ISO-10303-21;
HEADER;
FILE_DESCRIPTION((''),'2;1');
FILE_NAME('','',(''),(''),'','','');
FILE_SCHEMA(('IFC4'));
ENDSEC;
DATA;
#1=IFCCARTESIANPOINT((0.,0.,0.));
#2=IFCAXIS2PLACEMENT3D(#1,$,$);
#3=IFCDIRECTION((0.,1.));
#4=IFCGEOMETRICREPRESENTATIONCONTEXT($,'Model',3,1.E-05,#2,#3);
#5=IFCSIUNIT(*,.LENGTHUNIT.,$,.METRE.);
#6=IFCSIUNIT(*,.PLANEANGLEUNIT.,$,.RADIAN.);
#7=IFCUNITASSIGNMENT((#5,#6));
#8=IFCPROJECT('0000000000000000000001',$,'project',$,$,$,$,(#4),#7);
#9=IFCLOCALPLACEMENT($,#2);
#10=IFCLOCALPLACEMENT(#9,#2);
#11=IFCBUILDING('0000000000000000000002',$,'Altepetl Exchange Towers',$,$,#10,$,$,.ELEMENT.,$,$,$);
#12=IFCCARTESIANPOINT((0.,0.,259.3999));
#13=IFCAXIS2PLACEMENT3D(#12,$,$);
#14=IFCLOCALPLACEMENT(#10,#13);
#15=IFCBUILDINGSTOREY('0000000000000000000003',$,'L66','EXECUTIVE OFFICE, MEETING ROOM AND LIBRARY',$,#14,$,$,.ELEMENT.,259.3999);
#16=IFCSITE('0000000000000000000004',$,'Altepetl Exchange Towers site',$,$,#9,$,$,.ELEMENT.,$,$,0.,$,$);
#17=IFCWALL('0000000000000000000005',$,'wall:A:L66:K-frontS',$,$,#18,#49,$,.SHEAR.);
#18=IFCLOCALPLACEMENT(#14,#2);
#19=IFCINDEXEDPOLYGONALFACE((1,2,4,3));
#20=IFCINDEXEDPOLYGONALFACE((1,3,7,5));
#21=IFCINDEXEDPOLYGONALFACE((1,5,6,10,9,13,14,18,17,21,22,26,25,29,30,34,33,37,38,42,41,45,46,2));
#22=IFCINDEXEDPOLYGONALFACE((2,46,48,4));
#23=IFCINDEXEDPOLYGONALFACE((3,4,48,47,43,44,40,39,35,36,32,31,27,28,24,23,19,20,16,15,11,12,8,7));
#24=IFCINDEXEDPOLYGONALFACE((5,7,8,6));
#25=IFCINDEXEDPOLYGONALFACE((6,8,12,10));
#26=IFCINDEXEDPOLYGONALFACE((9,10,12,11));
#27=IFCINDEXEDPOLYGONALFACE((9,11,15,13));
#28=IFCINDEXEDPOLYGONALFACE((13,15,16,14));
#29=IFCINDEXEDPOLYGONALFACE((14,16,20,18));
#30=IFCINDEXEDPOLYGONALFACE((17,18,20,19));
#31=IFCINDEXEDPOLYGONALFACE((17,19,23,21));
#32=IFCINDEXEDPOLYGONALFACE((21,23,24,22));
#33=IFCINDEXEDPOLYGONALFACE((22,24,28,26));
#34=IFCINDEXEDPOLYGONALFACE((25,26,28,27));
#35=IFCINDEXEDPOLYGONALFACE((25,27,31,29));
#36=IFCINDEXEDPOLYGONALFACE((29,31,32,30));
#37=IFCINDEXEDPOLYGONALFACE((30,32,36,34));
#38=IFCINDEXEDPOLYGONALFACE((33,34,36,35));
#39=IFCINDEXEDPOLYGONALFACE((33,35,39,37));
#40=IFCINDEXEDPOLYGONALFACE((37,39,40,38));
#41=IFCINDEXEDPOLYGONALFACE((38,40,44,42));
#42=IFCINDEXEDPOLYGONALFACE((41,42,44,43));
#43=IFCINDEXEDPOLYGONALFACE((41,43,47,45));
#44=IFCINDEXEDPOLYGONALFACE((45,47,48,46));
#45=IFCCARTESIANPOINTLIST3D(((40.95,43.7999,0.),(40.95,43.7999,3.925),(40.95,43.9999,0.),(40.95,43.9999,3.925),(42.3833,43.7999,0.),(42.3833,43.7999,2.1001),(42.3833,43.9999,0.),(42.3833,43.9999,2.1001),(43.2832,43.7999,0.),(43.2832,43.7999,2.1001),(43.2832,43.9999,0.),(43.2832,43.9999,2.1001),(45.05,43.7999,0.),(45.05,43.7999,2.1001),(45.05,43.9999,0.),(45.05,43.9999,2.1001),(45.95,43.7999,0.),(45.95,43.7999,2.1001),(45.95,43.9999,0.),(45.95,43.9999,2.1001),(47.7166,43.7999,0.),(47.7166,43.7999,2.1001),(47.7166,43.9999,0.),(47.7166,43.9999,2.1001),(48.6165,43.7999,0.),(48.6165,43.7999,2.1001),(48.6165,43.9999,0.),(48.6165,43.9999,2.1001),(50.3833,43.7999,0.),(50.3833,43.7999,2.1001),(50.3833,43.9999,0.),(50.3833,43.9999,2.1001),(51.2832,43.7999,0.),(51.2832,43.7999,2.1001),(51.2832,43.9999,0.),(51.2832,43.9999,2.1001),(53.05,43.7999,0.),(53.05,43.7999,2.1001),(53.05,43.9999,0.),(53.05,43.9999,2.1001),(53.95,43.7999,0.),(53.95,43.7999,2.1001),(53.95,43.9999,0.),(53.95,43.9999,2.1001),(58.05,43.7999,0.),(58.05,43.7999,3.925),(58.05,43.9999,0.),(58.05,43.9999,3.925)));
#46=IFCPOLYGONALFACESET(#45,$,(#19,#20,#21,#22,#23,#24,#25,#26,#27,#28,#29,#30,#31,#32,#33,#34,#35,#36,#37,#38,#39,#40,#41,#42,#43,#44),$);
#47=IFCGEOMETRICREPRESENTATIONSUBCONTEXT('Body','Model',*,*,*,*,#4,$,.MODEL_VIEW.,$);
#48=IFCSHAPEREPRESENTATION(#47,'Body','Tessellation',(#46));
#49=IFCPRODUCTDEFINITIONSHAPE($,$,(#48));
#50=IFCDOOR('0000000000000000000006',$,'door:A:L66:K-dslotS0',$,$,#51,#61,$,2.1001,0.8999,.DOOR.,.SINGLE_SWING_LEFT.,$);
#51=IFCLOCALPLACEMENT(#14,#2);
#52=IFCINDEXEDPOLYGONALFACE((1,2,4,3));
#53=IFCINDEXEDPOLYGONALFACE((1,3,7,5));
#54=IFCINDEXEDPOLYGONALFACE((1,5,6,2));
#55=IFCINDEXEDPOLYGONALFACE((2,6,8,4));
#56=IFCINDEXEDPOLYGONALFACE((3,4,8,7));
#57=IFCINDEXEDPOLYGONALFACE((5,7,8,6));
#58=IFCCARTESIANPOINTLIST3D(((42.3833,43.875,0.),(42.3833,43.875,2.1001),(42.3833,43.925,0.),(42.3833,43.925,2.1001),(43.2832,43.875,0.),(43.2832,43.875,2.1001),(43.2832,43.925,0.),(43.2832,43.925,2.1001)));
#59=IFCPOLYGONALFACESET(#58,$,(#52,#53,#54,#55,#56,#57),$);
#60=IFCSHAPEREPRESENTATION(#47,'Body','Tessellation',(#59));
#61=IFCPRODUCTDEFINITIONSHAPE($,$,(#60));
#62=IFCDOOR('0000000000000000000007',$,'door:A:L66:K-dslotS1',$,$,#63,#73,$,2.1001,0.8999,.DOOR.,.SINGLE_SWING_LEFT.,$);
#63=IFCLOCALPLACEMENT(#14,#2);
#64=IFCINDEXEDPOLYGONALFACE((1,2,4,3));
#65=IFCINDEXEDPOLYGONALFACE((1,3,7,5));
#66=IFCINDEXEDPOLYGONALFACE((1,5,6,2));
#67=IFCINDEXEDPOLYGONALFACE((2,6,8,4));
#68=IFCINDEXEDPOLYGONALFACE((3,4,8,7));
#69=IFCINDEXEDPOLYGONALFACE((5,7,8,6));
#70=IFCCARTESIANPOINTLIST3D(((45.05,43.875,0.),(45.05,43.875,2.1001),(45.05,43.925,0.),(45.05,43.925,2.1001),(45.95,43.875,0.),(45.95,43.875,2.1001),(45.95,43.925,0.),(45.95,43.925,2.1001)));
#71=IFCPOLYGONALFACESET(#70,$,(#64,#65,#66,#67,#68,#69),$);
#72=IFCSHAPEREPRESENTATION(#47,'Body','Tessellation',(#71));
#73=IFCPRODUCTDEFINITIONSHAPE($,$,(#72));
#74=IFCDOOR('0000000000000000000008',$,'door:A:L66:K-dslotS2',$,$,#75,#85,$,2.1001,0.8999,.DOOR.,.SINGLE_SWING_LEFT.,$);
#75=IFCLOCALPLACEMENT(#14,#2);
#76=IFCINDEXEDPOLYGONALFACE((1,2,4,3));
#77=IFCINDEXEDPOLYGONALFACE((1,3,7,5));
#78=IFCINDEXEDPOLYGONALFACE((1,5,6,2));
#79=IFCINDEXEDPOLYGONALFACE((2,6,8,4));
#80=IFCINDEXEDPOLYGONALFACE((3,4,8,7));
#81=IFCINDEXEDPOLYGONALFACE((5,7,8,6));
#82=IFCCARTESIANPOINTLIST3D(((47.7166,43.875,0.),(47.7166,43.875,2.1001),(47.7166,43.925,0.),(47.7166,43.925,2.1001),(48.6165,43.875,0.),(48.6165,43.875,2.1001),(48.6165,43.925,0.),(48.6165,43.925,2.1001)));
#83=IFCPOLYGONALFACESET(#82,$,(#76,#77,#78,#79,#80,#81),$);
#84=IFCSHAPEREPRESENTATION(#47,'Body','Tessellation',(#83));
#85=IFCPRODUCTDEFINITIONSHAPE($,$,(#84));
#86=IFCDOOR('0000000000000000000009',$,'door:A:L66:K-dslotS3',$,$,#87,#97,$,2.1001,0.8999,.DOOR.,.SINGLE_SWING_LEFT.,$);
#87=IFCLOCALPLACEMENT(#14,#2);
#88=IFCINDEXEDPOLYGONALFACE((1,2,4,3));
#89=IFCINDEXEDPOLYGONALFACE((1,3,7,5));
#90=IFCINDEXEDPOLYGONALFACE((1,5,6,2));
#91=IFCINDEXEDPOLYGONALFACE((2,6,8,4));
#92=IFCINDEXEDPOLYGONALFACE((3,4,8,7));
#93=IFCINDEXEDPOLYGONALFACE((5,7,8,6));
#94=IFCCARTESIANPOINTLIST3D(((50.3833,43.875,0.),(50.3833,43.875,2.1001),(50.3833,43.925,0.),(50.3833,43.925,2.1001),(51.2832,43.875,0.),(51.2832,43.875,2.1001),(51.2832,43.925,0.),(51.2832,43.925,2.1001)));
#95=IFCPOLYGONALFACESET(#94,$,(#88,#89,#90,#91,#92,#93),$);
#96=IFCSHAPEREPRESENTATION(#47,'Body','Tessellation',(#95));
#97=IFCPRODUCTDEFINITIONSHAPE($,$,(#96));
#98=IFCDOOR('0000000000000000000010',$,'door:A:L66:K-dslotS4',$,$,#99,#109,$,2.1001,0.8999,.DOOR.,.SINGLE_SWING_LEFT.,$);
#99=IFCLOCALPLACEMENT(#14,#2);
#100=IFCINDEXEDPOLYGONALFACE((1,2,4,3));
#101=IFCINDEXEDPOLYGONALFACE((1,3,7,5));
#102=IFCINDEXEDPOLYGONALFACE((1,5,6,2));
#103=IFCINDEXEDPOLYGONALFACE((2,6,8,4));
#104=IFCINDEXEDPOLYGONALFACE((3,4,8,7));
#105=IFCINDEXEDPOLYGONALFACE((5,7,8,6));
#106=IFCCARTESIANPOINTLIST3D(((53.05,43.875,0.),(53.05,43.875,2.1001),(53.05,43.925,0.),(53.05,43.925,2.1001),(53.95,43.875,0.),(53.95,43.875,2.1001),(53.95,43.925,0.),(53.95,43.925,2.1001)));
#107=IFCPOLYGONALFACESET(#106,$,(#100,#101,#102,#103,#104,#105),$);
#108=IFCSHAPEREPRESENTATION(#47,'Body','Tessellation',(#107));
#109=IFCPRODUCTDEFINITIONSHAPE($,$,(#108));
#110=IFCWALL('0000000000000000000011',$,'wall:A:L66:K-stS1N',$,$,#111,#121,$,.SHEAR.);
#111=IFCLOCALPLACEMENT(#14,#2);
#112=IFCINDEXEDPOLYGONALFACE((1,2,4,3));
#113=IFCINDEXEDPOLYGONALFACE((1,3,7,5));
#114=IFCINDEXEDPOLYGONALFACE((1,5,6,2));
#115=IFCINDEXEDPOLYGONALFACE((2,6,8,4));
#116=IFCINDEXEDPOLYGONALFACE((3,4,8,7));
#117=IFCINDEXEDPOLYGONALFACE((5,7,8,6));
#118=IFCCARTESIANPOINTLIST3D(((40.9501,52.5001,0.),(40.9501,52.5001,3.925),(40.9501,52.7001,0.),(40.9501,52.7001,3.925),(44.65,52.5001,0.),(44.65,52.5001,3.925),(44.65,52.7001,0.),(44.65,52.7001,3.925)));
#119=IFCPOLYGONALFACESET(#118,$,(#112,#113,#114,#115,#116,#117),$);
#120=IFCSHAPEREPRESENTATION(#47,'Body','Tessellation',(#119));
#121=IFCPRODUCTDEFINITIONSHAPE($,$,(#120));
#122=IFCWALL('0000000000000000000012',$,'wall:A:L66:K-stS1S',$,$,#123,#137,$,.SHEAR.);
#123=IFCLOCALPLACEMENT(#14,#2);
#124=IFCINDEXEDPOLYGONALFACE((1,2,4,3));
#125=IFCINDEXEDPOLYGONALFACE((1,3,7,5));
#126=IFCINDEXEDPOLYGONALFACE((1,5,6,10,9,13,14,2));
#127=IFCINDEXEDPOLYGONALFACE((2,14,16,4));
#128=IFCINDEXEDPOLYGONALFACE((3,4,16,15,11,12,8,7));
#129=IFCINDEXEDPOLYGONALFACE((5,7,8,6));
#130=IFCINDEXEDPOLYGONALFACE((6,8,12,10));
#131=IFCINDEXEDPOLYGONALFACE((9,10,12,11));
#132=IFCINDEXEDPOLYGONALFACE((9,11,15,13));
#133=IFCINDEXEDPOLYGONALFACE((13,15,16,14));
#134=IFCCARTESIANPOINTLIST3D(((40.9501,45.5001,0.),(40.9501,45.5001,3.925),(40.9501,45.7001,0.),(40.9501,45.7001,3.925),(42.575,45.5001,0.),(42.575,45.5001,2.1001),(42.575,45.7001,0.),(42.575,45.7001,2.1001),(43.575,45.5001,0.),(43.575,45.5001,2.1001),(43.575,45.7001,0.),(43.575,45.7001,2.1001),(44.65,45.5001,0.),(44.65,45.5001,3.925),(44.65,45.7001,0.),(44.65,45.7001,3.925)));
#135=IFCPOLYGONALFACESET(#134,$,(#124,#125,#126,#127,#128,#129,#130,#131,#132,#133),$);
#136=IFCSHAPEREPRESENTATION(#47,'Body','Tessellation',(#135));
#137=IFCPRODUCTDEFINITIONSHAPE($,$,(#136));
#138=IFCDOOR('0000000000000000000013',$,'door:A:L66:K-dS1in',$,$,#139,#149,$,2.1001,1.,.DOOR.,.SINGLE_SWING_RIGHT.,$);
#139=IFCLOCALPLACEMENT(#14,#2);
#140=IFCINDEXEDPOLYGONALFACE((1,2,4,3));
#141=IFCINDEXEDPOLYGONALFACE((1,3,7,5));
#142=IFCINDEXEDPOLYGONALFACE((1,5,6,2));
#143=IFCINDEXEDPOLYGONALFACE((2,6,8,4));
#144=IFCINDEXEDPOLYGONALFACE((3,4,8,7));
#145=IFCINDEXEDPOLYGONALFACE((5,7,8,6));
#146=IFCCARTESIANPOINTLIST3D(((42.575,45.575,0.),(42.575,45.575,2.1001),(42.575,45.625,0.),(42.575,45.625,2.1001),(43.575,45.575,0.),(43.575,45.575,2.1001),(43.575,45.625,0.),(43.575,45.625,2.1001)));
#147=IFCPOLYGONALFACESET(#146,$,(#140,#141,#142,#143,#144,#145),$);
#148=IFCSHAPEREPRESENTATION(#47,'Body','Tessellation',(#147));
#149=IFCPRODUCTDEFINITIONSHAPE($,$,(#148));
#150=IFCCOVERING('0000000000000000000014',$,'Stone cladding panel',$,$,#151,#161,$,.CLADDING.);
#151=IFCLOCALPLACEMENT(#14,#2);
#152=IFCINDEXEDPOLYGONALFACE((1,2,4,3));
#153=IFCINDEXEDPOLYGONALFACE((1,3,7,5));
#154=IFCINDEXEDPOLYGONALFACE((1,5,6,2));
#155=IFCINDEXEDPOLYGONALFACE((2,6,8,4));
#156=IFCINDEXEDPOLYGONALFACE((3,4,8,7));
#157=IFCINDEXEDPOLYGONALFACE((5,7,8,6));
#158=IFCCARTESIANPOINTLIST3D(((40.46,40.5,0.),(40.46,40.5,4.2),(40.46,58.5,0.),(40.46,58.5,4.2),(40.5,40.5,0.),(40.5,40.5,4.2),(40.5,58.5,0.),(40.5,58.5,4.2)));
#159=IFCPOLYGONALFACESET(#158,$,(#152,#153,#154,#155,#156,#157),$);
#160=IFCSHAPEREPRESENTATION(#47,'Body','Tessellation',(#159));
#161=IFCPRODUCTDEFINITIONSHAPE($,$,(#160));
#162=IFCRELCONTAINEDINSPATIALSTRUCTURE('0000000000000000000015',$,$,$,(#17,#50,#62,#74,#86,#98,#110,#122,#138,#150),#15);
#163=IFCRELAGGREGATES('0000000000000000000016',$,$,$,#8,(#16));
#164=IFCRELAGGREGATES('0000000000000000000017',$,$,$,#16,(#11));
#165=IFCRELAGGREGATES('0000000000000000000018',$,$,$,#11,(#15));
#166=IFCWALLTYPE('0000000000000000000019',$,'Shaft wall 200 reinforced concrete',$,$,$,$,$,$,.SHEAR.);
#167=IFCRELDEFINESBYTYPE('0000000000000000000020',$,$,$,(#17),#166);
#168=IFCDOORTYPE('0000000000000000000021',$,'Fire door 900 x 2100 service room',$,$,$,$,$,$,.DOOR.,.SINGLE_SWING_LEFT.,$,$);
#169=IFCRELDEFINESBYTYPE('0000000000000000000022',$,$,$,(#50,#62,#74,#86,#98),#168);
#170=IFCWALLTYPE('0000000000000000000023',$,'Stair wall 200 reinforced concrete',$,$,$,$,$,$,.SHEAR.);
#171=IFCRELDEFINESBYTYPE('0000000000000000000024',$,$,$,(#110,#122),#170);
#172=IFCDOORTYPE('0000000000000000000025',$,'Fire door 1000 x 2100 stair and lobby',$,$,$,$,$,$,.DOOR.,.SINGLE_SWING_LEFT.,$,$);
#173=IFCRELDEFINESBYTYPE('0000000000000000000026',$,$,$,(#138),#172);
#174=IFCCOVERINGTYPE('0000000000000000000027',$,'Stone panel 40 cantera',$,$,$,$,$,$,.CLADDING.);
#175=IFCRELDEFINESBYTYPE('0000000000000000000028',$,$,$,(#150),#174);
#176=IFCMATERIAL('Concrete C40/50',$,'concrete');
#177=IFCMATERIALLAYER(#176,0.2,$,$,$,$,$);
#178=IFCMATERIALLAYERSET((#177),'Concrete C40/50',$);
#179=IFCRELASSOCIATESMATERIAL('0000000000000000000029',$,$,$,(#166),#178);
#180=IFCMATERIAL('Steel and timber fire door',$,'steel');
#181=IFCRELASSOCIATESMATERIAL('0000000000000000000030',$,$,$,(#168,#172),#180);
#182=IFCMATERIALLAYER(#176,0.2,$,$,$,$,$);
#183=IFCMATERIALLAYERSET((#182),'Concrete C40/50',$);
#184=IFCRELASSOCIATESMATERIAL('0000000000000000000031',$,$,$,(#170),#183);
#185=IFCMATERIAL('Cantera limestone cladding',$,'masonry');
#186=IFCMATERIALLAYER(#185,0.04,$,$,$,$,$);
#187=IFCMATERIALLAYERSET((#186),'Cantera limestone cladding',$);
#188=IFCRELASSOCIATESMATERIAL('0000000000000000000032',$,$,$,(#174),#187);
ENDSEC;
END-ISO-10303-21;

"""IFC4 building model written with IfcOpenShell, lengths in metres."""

from ifc_helpers import new_model, si_unit, direction, frame, frame_2d, origin, origin_2d, place, context, subcontext, project, spatial, rectangle, extrude, material, layer, layer_set, type_object, element, fill, save


model = new_model("IFC4")

# Units and contexts
model_context = context("Model", 3, precision=1e-05, world=origin(), true_north=direction((0.0, 1.0)))
body_context = subcontext(model_context, "Body", "Model", "MODEL_VIEW")
ifc_project = project(units=[si_unit("LENGTHUNIT", "METRE"), si_unit("PLANEANGLEUNIT", "RADIAN")], contexts=[model_context])

# Site, building, storey
site_placement = place(None, origin())
site = spatial("IfcSite", under=ifc_project, at=site_placement, Name="Altepetl Exchange Towers site", CompositionType="ELEMENT", RefElevation=0.0)
building_placement = place(site_placement, origin())
building = spatial("IfcBuilding", under=site, at=building_placement, Name="Altepetl Exchange Towers", CompositionType="ELEMENT")
storey_placement = place(building_placement, frame((0.0, 0.0, 259.3999)))
storey = spatial("IfcBuildingStorey", under=building, at=storey_placement, Name="L66", Description="EXECUTIVE OFFICE, MEETING ROOM AND LIBRARY", CompositionType="ELEMENT", Elevation=259.3999)

# Wall, openings, doors
ifc_material_1 = material(Name="Concrete C40/50", Category="concrete")
ifc_layer_1 = layer(ifc_material_1, 0.2)
ifc_layer_set_1 = layer_set([ifc_layer_1], Name="Concrete C40/50")
wall_type_1 = type_object("IfcWallType", Name="Shaft wall 200 reinforced concrete", PredefinedType="SHEAR", material=ifc_layer_set_1)
wall_1_placement = place(storey_placement, frame((40.95, 43.8999, 0.0)))
wall_1 = element("IfcWall", 1, at=wall_1_placement, inside=storey, type_object=wall_type_1, Name="wall:A:L66:K-frontS", PredefinedType="SHEAR", context=body_context, shape_type="SweptSolid", body=[
    extrude(rectangle(XDim=17.1001, YDim=0.2, at=frame_2d((8.55, 0.0))), origin(), (0.0, 0.0, 1.0), 3.925),
])
opening_1_placement = place(wall_1_placement, frame((1.4333, 0.0, 0.0)))
opening_1 = element("IfcOpeningElement", 2, at=opening_1_placement, cuts=wall_1, PredefinedType="OPENING", context=body_context, shape_type="SweptSolid", body=[
    extrude(rectangle(XDim=0.8999, YDim=2.1001, at=frame_2d((0.45, 1.05))), frame((0.0, 0.1099, 0.0), z_axis=(0.0, -1.0, 0.0), x_axis=(1.0, 0.0, 0.0)), (0.0, 0.0, 1.0), 0.22),
])
opening_2_placement = place(wall_1_placement, frame((4.1001, 0.0, 0.0)))
opening_2 = element("IfcOpeningElement", 3, at=opening_2_placement, cuts=wall_1, PredefinedType="OPENING", context=body_context, shape_type="SweptSolid", body=[
    extrude(rectangle(XDim=0.8999, YDim=2.1001, at=frame_2d((0.45, 1.05))), frame((0.0, 0.1099, 0.0), z_axis=(0.0, -1.0, 0.0), x_axis=(1.0, 0.0, 0.0)), (0.0, 0.0, 1.0), 0.22),
])
opening_3_placement = place(wall_1_placement, frame((6.7666, 0.0, 0.0)))
opening_3 = element("IfcOpeningElement", 4, at=opening_3_placement, cuts=wall_1, PredefinedType="OPENING", context=body_context, shape_type="SweptSolid", body=[
    extrude(rectangle(XDim=0.8999, YDim=2.1001, at=frame_2d((0.45, 1.05))), frame((0.0, 0.1099, 0.0), z_axis=(0.0, -1.0, 0.0), x_axis=(1.0, 0.0, 0.0)), (0.0, 0.0, 1.0), 0.22),
])
opening_4_placement = place(wall_1_placement, frame((9.4333, 0.0, 0.0)))
opening_4 = element("IfcOpeningElement", 5, at=opening_4_placement, cuts=wall_1, PredefinedType="OPENING", context=body_context, shape_type="SweptSolid", body=[
    extrude(rectangle(XDim=0.8999, YDim=2.1001, at=frame_2d((0.45, 1.05))), frame((0.0, 0.1099, 0.0), z_axis=(0.0, -1.0, 0.0), x_axis=(1.0, 0.0, 0.0)), (0.0, 0.0, 1.0), 0.22),
])
opening_5_placement = place(wall_1_placement, frame((12.1001, 0.0, 0.0)))
opening_5 = element("IfcOpeningElement", 6, at=opening_5_placement, cuts=wall_1, PredefinedType="OPENING", context=body_context, shape_type="SweptSolid", body=[
    extrude(rectangle(XDim=0.8999, YDim=2.1001, at=frame_2d((0.45, 1.05))), frame((0.0, 0.1099, 0.0), z_axis=(0.0, -1.0, 0.0), x_axis=(1.0, 0.0, 0.0)), (0.0, 0.0, 1.0), 0.22),
])
ifc_material_2 = material(Name="Steel and timber fire door", Category="steel")
door_type_1 = type_object("IfcDoorType", Name="Fire door 900 x 2100 service room", OperationType="SINGLE_SWING_LEFT", PredefinedType="DOOR", material=ifc_material_2)
door_1_placement = place(opening_1_placement, frame((0.8999, 0.0, 0.0), x_axis=(-1.0, 0.0, 0.0)))
door_1 = element("IfcDoor", 7, at=door_1_placement, inside=storey, type_object=door_type_1, Name="door:A:L66:K-dslotS0", OperationType="SINGLE_SWING_LEFT", OverallHeight=2.1001, OverallWidth=0.8999, PredefinedType="DOOR", context=body_context, shape_type="SweptSolid", body=[
    extrude(rectangle(XDim=0.8999, YDim=2.1001, at=frame_2d((0.45, 1.05))), frame((0.0, 0.0249, 0.0), z_axis=(0.0, -1.0, 0.0), x_axis=(1.0, 0.0, 0.0)), (0.0, 0.0, 1.0), 0.05),
])
fill(opening_1, door_1)
door_2_placement = place(opening_2_placement, frame((0.8999, 0.0, 0.0), x_axis=(-1.0, 0.0, 0.0)))
door_2 = element("IfcDoor", 8, at=door_2_placement, inside=storey, type_object=door_type_1, Name="door:A:L66:K-dslotS1", OperationType="SINGLE_SWING_LEFT", OverallHeight=2.1001, OverallWidth=0.8999, PredefinedType="DOOR", context=body_context, shape_type="SweptSolid", body=[
    extrude(rectangle(XDim=0.8999, YDim=2.1001, at=frame_2d((0.45, 1.05))), frame((0.0, 0.0249, 0.0), z_axis=(0.0, -1.0, 0.0), x_axis=(1.0, 0.0, 0.0)), (0.0, 0.0, 1.0), 0.05),
])
fill(opening_2, door_2)
door_3_placement = place(opening_3_placement, frame((0.8999, 0.0, 0.0), x_axis=(-1.0, 0.0, 0.0)))
door_3 = element("IfcDoor", 9, at=door_3_placement, inside=storey, type_object=door_type_1, Name="door:A:L66:K-dslotS2", OperationType="SINGLE_SWING_LEFT", OverallHeight=2.1001, OverallWidth=0.8999, PredefinedType="DOOR", context=body_context, shape_type="SweptSolid", body=[
    extrude(rectangle(XDim=0.8999, YDim=2.1001, at=frame_2d((0.45, 1.05))), frame((0.0, 0.0249, 0.0), z_axis=(0.0, -1.0, 0.0), x_axis=(1.0, 0.0, 0.0)), (0.0, 0.0, 1.0), 0.05),
])
fill(opening_3, door_3)
door_4_placement = place(opening_4_placement, frame((0.8999, 0.0, 0.0), x_axis=(-1.0, 0.0, 0.0)))
door_4 = element("IfcDoor", 10, at=door_4_placement, inside=storey, type_object=door_type_1, Name="door:A:L66:K-dslotS3", OperationType="SINGLE_SWING_LEFT", OverallHeight=2.1001, OverallWidth=0.8999, PredefinedType="DOOR", context=body_context, shape_type="SweptSolid", body=[
    extrude(rectangle(XDim=0.8999, YDim=2.1001, at=frame_2d((0.45, 1.05))), frame((0.0, 0.0249, 0.0), z_axis=(0.0, -1.0, 0.0), x_axis=(1.0, 0.0, 0.0)), (0.0, 0.0, 1.0), 0.05),
])
fill(opening_4, door_4)
door_5_placement = place(opening_5_placement, frame((0.8999, 0.0, 0.0), x_axis=(-1.0, 0.0, 0.0)))
door_5 = element("IfcDoor", 11, at=door_5_placement, inside=storey, type_object=door_type_1, Name="door:A:L66:K-dslotS4", OperationType="SINGLE_SWING_LEFT", OverallHeight=2.1001, OverallWidth=0.8999, PredefinedType="DOOR", context=body_context, shape_type="SweptSolid", body=[
    extrude(rectangle(XDim=0.8999, YDim=2.1001, at=frame_2d((0.45, 1.05))), frame((0.0, 0.0249, 0.0), z_axis=(0.0, -1.0, 0.0), x_axis=(1.0, 0.0, 0.0)), (0.0, 0.0, 1.0), 0.05),
])
fill(opening_5, door_5)

# Wall
ifc_layer_2 = layer(ifc_material_1, 0.2)
ifc_layer_set_2 = layer_set([ifc_layer_2], Name="Concrete C40/50")
wall_type_2 = type_object("IfcWallType", Name="Stair wall 200 reinforced concrete", PredefinedType="SHEAR", material=ifc_layer_set_2)
wall_2_placement = place(storey_placement, frame((40.95, 52.6001, 0.0)))
element("IfcWall", 12, at=wall_2_placement, inside=storey, type_object=wall_type_2, Name="wall:A:L66:K-stS1N", PredefinedType="SHEAR", context=body_context, shape_type="SweptSolid", body=[
    extrude(rectangle(XDim=3.7, YDim=0.2, at=frame_2d((1.8501, 0.0))), origin(), (0.0, 0.0, 1.0), 3.925),
])

# Wall, opening, door
wall_3_placement = place(storey_placement, frame((40.95, 45.6001, 0.0)))
wall_3 = element("IfcWall", 13, at=wall_3_placement, inside=storey, type_object=wall_type_2, Name="wall:A:L66:K-stS1S", PredefinedType="SHEAR", context=body_context, shape_type="SweptSolid", body=[
    extrude(rectangle(XDim=3.7, YDim=0.2, at=frame_2d((1.8501, 0.0))), origin(), (0.0, 0.0, 1.0), 3.925),
])
opening_6_placement = place(wall_3_placement, frame((1.625, 0.0, 0.0)))
opening_6 = element("IfcOpeningElement", 14, at=opening_6_placement, cuts=wall_3, PredefinedType="OPENING", context=body_context, shape_type="SweptSolid", body=[
    extrude(rectangle(XDim=1.0, YDim=2.1001, at=frame_2d((0.5, 1.05))), frame((0.0, 0.1099, 0.0), z_axis=(0.0, -1.0, 0.0), x_axis=(1.0, 0.0, 0.0)), (0.0, 0.0, 1.0), 0.22),
])
door_type_2 = type_object("IfcDoorType", Name="Fire door 1000 x 2100 stair and lobby", OperationType="SINGLE_SWING_LEFT", PredefinedType="DOOR", material=ifc_material_2)
door_6_placement = place(opening_6_placement, origin())
door_6 = element("IfcDoor", 15, at=door_6_placement, inside=storey, type_object=door_type_2, Name="door:A:L66:K-dS1in", OperationType="SINGLE_SWING_RIGHT", OverallHeight=2.1001, OverallWidth=1.0, PredefinedType="DOOR", context=body_context, shape_type="SweptSolid", body=[
    extrude(rectangle(XDim=1.0, YDim=2.1001, at=frame_2d((0.5, 1.05))), frame((0.0, 0.0249, 0.0), z_axis=(0.0, -1.0, 0.0), x_axis=(1.0, 0.0, 0.0)), (0.0, 0.0, 1.0), 0.05),
])
fill(opening_6, door_6)

# Covering
ifc_material_3 = material(Name="Cantera limestone cladding", Category="masonry")
ifc_layer_3 = layer(ifc_material_3, 0.04)
ifc_layer_set_3 = layer_set([ifc_layer_3], Name="Cantera limestone cladding")
covering_type = type_object("IfcCoveringType", Name="Stone panel 40 cantera", PredefinedType="CLADDING", material=ifc_layer_set_3)
covering_placement = place(storey_placement, frame((40.48, 49.5, 0.0), z_axis=(0.0, 0.0, 1.0), x_axis=(0.0, -1.0, 0.0)))
element("IfcCovering", 16, at=covering_placement, inside=storey, type_object=covering_type, Name="Stone cladding panel", PredefinedType="CLADDING", context=body_context, shape_type="SweptSolid", body=[
    extrude(rectangle(XDim=18.0, YDim=0.04, at=origin_2d()), origin(), (0.0, 0.0, 1.0), 4.2),
])

save(model, "model.ifc")
